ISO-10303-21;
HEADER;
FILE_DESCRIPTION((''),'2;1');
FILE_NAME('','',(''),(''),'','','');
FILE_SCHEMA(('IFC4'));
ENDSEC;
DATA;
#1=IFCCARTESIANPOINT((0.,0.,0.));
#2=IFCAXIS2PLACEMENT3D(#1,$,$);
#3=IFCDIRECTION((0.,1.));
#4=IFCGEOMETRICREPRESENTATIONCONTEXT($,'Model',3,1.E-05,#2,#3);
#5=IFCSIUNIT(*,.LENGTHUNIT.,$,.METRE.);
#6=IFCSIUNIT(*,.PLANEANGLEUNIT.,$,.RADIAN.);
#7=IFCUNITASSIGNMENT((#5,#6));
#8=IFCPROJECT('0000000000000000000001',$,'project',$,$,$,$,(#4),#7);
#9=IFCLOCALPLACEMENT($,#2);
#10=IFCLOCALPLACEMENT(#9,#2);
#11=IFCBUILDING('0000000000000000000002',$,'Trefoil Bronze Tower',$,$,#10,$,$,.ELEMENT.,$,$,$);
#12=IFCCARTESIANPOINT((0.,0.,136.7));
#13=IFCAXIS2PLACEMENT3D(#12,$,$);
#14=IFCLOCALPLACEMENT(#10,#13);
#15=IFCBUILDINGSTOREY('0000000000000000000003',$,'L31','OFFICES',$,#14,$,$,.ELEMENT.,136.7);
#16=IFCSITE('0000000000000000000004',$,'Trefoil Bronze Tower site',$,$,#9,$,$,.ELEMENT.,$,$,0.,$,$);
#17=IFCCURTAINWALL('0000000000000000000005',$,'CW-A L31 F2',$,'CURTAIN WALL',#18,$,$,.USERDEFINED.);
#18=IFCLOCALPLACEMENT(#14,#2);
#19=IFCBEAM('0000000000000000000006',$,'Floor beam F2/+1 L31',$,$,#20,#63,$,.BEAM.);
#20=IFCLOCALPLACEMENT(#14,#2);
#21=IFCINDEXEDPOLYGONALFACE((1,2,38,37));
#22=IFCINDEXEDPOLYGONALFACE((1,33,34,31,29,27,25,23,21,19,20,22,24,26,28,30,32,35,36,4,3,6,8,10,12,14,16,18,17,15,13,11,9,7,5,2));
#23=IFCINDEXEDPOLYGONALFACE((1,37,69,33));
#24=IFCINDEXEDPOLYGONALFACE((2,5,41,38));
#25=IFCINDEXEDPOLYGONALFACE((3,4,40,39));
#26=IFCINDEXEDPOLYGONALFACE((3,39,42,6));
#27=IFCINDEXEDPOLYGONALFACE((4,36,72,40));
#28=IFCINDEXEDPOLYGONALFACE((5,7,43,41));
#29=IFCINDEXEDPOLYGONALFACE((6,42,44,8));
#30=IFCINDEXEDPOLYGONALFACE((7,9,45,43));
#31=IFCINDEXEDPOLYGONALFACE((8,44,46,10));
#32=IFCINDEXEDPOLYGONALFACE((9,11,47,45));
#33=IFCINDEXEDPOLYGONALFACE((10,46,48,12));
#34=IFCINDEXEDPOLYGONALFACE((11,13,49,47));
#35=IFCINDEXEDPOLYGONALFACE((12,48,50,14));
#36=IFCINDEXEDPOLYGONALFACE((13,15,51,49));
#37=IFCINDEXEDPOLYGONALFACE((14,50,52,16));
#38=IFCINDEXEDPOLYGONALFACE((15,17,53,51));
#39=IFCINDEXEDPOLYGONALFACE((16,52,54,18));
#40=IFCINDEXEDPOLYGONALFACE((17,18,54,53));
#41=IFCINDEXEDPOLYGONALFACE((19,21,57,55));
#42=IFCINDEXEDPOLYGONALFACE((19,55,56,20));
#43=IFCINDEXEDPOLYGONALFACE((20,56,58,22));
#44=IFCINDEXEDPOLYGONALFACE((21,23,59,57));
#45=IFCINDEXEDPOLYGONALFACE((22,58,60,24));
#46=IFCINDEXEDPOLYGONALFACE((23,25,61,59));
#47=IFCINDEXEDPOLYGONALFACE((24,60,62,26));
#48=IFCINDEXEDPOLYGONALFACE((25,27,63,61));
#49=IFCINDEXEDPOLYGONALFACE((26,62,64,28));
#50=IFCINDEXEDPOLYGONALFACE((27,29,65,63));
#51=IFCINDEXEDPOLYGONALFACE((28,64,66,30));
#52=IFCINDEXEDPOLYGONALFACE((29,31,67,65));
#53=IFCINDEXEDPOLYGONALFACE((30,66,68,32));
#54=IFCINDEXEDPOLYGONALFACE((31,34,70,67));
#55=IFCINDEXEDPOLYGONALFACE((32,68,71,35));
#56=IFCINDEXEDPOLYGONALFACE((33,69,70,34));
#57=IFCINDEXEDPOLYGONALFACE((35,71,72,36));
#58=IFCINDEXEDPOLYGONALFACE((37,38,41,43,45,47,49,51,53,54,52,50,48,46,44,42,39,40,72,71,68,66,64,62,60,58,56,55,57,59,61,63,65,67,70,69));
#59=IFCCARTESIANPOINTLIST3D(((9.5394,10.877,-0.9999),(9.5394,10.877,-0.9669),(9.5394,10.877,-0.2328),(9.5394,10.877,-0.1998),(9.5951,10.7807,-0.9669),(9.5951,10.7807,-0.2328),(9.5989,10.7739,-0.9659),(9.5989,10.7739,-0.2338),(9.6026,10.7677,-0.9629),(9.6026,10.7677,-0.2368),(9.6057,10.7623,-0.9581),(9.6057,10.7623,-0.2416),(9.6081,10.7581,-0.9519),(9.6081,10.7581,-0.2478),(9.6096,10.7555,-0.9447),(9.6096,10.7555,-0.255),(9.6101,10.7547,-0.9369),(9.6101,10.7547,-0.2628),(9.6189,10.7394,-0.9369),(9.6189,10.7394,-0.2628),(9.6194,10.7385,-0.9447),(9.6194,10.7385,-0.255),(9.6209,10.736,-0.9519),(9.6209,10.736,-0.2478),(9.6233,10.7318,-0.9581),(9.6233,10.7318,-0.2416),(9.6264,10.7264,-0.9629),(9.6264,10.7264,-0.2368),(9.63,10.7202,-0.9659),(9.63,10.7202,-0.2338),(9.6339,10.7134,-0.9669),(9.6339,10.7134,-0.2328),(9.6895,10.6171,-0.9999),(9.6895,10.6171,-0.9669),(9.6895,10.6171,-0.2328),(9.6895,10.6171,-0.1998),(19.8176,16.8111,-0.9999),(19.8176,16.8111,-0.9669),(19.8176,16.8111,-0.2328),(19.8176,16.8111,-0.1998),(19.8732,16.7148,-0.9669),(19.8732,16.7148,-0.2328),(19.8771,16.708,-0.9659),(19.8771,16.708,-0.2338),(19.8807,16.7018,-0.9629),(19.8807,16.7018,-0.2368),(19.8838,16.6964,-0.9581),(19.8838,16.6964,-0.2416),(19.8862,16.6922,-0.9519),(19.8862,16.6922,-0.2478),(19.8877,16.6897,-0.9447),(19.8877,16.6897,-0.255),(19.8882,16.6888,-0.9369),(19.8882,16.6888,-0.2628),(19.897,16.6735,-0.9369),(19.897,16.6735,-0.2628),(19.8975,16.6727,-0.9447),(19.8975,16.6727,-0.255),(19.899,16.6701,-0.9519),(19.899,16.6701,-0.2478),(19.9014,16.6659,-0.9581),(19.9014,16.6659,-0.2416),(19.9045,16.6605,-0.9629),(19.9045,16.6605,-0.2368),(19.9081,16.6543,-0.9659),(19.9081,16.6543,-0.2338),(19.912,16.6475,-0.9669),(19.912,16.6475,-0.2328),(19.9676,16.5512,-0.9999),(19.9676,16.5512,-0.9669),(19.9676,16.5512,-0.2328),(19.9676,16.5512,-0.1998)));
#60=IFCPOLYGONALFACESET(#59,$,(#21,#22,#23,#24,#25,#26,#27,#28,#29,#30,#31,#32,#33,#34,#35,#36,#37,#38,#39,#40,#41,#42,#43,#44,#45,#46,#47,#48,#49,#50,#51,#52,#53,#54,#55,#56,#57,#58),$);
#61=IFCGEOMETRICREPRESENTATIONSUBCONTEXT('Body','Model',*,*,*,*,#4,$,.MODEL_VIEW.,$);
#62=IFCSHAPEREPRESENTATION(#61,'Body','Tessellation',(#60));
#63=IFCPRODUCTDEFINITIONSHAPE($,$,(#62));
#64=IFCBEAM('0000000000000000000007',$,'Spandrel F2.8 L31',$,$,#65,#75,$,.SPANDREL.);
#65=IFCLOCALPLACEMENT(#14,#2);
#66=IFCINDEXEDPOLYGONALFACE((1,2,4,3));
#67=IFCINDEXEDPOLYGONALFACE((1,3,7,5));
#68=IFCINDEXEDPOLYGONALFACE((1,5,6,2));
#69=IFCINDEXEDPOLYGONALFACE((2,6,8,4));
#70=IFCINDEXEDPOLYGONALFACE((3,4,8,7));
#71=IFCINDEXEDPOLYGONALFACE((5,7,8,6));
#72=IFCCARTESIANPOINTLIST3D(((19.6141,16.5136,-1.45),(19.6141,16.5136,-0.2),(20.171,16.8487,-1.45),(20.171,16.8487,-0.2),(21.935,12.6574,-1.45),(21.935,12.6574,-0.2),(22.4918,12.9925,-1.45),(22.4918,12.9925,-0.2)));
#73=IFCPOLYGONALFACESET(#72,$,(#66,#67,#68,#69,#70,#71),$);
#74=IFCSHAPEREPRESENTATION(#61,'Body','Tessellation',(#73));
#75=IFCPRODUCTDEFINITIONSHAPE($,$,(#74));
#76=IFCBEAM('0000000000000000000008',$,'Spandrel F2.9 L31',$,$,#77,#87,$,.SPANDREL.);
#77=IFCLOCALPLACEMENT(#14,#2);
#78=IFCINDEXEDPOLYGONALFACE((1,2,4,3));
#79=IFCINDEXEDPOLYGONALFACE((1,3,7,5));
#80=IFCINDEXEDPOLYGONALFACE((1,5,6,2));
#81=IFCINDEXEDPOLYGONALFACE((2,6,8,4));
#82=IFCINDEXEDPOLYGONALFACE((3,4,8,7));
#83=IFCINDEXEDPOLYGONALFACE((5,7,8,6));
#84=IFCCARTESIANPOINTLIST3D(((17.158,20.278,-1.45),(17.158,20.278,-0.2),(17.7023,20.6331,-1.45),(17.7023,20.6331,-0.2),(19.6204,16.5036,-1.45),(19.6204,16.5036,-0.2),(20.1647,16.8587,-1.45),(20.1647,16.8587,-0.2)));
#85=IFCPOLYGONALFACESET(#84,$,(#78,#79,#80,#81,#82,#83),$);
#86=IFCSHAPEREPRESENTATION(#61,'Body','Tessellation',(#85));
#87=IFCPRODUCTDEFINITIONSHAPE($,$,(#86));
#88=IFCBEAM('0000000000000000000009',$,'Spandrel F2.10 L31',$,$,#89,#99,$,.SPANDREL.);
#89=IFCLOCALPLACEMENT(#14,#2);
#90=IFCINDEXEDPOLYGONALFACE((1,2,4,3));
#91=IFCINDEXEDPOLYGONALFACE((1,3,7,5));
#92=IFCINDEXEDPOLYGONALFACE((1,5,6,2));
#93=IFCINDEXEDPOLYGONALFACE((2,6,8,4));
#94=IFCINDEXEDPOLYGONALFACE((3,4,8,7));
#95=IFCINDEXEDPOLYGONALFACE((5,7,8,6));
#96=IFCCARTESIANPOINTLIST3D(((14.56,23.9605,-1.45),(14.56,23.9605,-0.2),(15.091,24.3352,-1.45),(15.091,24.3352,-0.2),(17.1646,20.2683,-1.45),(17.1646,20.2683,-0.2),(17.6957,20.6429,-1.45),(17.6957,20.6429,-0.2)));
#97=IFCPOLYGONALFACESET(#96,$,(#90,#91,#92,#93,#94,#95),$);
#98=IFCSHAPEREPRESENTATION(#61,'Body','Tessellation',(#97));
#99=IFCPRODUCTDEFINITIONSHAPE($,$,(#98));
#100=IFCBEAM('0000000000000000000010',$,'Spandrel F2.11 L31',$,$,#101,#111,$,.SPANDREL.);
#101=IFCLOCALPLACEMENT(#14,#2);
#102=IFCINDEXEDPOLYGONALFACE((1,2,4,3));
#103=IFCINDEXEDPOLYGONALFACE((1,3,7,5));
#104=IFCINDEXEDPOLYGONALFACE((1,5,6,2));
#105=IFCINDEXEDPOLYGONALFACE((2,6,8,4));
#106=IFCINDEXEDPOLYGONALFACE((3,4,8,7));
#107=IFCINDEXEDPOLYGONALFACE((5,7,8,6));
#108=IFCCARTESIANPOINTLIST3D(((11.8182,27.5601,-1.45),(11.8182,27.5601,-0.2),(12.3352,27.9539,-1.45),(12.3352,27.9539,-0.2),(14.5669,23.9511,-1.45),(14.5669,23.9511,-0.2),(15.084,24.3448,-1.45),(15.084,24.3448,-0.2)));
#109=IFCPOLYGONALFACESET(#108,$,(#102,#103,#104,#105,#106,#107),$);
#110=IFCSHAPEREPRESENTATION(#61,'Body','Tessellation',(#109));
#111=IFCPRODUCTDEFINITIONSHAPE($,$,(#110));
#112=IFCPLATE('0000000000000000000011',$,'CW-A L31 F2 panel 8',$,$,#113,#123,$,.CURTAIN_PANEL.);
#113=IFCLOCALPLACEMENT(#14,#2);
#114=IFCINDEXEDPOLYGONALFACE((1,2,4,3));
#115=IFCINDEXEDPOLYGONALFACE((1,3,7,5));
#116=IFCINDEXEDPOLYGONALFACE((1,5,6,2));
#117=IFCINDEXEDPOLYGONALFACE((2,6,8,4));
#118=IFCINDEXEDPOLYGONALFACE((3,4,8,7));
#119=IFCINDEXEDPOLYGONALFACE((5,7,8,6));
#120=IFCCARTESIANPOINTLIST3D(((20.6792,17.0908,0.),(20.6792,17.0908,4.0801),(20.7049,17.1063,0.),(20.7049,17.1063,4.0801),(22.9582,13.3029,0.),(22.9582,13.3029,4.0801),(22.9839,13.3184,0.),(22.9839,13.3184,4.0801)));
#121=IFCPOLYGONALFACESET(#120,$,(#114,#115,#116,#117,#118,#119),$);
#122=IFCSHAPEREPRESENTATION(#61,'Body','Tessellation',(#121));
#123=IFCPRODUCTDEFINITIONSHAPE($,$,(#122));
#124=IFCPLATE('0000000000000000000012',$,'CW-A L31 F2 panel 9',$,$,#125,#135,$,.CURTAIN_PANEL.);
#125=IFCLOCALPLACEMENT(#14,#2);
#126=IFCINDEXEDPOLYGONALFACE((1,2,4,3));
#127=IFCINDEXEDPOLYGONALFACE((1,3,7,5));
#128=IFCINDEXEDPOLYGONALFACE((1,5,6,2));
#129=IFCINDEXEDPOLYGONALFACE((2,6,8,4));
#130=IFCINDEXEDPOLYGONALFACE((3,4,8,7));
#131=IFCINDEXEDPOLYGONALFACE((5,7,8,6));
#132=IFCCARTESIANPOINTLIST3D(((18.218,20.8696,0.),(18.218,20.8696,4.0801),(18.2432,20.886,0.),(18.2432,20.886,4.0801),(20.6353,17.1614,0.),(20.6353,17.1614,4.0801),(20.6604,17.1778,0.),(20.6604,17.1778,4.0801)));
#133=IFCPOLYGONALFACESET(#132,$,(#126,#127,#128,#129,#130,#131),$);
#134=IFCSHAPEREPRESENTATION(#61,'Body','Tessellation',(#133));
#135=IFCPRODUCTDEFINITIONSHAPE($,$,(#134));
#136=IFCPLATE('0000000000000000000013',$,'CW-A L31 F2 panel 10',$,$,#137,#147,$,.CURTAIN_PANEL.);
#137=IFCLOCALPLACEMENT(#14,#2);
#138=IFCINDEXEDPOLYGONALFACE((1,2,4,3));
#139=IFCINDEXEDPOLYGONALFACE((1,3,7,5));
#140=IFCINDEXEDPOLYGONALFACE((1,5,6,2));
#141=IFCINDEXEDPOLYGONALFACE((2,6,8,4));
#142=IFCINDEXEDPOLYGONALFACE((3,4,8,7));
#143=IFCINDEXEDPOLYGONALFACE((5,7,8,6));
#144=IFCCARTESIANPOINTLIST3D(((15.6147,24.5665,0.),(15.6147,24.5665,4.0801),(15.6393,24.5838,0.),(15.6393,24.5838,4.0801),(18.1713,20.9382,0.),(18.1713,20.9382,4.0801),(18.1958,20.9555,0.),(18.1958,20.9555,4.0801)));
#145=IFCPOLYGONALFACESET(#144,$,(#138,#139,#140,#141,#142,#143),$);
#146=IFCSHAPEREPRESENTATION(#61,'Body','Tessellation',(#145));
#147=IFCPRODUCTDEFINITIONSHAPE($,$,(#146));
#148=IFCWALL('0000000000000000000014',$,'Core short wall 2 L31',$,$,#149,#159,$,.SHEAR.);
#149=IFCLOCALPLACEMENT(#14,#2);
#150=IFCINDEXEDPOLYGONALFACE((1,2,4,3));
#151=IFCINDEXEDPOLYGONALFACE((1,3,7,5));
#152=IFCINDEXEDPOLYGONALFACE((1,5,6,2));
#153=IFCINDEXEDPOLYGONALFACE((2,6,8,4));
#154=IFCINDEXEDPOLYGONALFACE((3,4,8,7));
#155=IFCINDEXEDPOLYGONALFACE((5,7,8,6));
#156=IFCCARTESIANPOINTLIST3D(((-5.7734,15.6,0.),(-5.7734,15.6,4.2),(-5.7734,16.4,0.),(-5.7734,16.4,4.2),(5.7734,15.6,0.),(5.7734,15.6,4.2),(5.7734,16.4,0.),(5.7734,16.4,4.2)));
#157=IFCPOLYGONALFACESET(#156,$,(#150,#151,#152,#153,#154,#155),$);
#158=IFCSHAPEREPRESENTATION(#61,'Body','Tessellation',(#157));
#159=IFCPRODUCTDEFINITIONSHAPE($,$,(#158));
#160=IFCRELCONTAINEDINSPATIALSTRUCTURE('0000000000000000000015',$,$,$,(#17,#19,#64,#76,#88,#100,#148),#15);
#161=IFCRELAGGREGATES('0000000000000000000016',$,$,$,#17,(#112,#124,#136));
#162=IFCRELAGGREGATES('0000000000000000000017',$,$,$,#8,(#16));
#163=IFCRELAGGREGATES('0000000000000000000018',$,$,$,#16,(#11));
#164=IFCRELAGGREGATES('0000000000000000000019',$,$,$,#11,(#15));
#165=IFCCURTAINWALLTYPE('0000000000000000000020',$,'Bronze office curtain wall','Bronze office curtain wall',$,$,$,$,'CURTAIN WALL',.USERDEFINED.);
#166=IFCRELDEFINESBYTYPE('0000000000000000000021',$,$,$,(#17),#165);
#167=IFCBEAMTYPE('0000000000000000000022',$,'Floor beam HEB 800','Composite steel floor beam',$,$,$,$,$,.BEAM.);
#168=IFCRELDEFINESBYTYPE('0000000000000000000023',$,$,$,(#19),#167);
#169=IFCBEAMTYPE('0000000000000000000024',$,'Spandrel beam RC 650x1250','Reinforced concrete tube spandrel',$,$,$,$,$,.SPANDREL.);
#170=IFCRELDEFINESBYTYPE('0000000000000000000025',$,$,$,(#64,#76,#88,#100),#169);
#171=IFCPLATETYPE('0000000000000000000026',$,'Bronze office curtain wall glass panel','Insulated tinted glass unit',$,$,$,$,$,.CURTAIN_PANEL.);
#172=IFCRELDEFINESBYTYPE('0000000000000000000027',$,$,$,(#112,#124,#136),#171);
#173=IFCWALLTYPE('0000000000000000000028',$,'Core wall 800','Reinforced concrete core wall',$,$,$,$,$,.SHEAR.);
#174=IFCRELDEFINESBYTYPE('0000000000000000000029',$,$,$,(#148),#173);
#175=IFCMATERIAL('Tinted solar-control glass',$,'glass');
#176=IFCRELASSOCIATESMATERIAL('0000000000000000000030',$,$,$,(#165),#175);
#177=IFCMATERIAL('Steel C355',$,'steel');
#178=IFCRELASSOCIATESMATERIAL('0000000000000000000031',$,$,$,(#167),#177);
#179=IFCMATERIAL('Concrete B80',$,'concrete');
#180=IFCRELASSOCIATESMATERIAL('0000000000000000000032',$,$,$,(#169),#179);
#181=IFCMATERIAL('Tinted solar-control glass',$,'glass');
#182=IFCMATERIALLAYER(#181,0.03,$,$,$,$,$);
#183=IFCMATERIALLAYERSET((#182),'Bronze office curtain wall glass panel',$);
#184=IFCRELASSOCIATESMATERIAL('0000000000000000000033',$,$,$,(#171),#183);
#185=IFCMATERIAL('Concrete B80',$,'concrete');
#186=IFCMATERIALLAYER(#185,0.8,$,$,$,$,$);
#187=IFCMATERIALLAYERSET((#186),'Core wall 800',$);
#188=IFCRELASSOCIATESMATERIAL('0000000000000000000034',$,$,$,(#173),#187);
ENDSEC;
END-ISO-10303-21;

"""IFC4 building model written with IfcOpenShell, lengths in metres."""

from ifc_helpers import new_model, si_unit, direction, frame, frame_2d, origin, origin_2d, place, context, subcontext, project, spatial, rectangle, i_section, extrude, material, layer, layer_set, material_profile, profile_set, type_object, element, aggregate, save


model = new_model("IFC4")

# Units and contexts
model_context = context("Model", 3, precision=1e-05, world=origin(), true_north=direction((0.0, 1.0)))
body_context = subcontext(model_context, "Body", "Model", "MODEL_VIEW")
ifc_project = project(units=[si_unit("LENGTHUNIT", "METRE"), si_unit("PLANEANGLEUNIT", "RADIAN")], contexts=[model_context])

# Site, building, storey
site_placement = place(None, origin())
site = spatial("IfcSite", under=ifc_project, at=site_placement, Name="Trefoil Bronze Tower site", CompositionType="ELEMENT", RefElevation=0.0)
building_placement = place(site_placement, origin())
building = spatial("IfcBuilding", under=site, at=building_placement, Name="Trefoil Bronze Tower", CompositionType="ELEMENT")
storey_placement = place(building_placement, frame((0.0, 0.0, 136.7)))
storey = spatial("IfcBuildingStorey", under=building, at=storey_placement, Name="L31", Description="OFFICES", CompositionType="ELEMENT", Elevation=136.7)

# Curtain wall
ifc_material_1 = material(Name="Tinted solar-control glass", Category="glass")
curtain_wall_type = type_object("IfcCurtainWallType", Name="Bronze office curtain wall", Description="Bronze office curtain wall", ElementType="CURTAIN WALL", PredefinedType="USERDEFINED", material=ifc_material_1)
curtain_wall_placement = place(storey_placement, origin())
curtain_wall = element("IfcCurtainWall", 1, at=curtain_wall_placement, inside=storey, type_object=curtain_wall_type, Name="CW-A L31 F2", ObjectType="CURTAIN WALL", PredefinedType="USERDEFINED")

# Beams
ifc_material_2 = material(Name="Steel C355", Category="steel")
ifc_material_profile_1 = material_profile(ifc_material_2, i_section(OverallWidth=0.3, OverallDepth=0.8, WebThickness=0.0176, FlangeThickness=0.033, FilletRadius=0.03, at=origin_2d()), Name="HEB 800")
ifc_profile_set_1 = profile_set([ifc_material_profile_1], Name="Steel C355")
beam_type_1 = type_object("IfcBeamType", Name="Floor beam HEB 800", Description="Composite steel floor beam", PredefinedType="BEAM", material=ifc_profile_set_1)
beam_1_placement = place(storey_placement, frame((19.8926, 16.6812, -0.5999), z_axis=(-0.866024, -0.500002, 0.0), x_axis=(0.500002, -0.866024, 0.0)))
element("IfcBeam", 2, at=beam_1_placement, inside=storey, type_object=beam_type_1, Name="Floor beam F2/+1 L31", PredefinedType="BEAM", context=body_context, shape_type="SweptSolid", body=[
    extrude(i_section(OverallWidth=0.3, OverallDepth=0.8, WebThickness=0.0176, FlangeThickness=0.033, FilletRadius=0.03, at=origin_2d()), origin(), (0.0, 0.0, 1.0), 11.8682),
])
ifc_material_3 = material(Name="Concrete B80", Category="concrete")
ifc_material_profile_2 = material_profile(ifc_material_3, rectangle(XDim=0.6499, YDim=1.25, at=origin_2d()), Name="RC 650x1250")
ifc_profile_set_2 = profile_set([ifc_material_profile_2], Name="Concrete B80")
beam_type_2 = type_object("IfcBeamType", Name="Spandrel beam RC 650x1250", Description="Reinforced concrete tube spandrel", PredefinedType="SPANDREL", material=ifc_profile_set_2)
beam_2_placement = place(storey_placement, frame((22.2134, 12.825, -0.825), z_axis=(-0.515652, 0.856798, 0.0), x_axis=(-0.856798, -0.515652, 0.0)))
element("IfcBeam", 3, at=beam_2_placement, inside=storey, type_object=beam_type_2, Name="Spandrel F2.8 L31", PredefinedType="SPANDREL", context=body_context, shape_type="SweptSolid", body=[
    extrude(rectangle(XDim=0.6499, YDim=1.25, at=origin_2d()), origin(), (0.0, 0.0, 1.0), 4.5007),
])
beam_3_placement = place(storey_placement, frame((19.8926, 16.6812, -0.825), z_axis=(-0.546397, 0.837527, 0.0), x_axis=(-0.837527, -0.546397, 0.0)))
element("IfcBeam", 4, at=beam_3_placement, inside=storey, type_object=beam_type_2, Name="Spandrel F2.9 L31", PredefinedType="SPANDREL", context=body_context, shape_type="SweptSolid", body=[
    extrude(rectangle(XDim=0.6499, YDim=1.25, at=origin_2d()), origin(), (0.0, 0.0, 1.0), 4.5066),
])
beam_4_placement = place(storey_placement, frame((17.4302, 20.4556, -0.825), z_axis=(-0.576439, 0.81714, 0.0), x_axis=(-0.81714, -0.576439, 0.0)))
element("IfcBeam", 5, at=beam_4_placement, inside=storey, type_object=beam_type_2, Name="Spandrel F2.10 L31", PredefinedType="SPANDREL", context=body_context, shape_type="SweptSolid", body=[
    extrude(rectangle(XDim=0.6499, YDim=1.25, at=origin_2d()), origin(), (0.0, 0.0, 1.0), 4.5186),
])
beam_5_placement = place(storey_placement, frame((14.8254, 24.1479, -0.825), z_axis=(-0.605899, 0.795542, 0.0), x_axis=(-0.795542, -0.605899, 0.0)))
element("IfcBeam", 6, at=beam_5_placement, inside=storey, type_object=beam_type_2, Name="Spandrel F2.11 L31", PredefinedType="SPANDREL", context=body_context, shape_type="SweptSolid", body=[
    extrude(rectangle(XDim=0.6499, YDim=1.25, at=origin_2d()), origin(), (0.0, 0.0, 1.0), 4.5366),
])

# Plates
ifc_material_4 = material(Name="Tinted solar-control glass", Category="glass")
ifc_layer_1 = layer(ifc_material_4, 0.03)
ifc_layer_set_1 = layer_set([ifc_layer_1], Name="Bronze office curtain wall glass panel")
plate_type = type_object("IfcPlateType", Name="Bronze office curtain wall glass panel", Description="Insulated tinted glass unit", PredefinedType="CURTAIN_PANEL", material=ifc_layer_set_1)
plate_1_placement = place(storey_placement, frame((21.8315, 15.2046, 0.0), z_axis=(0.0, 0.0, 1.0), x_axis=(-0.515525, 0.856874, 0.0)))
plate_1 = element("IfcPlate", 7, at=plate_1_placement, type_object=plate_type, Name="CW-A L31 F2 panel 8", PredefinedType="CURTAIN_PANEL", context=body_context, shape_type="SweptSolid", body=[
    extrude(rectangle(XDim=4.4207, YDim=0.03, at=origin_2d()), origin(), (0.0, 0.0, 1.0), 4.0801),
])
plate_2_placement = place(storey_placement, frame((19.4392, 19.0237, 0.0), z_axis=(0.0, 0.0, 1.0), x_axis=(-0.546089, 0.837727, 0.0)))
plate_2 = element("IfcPlate", 8, at=plate_2_placement, type_object=plate_type, Name="CW-A L31 F2 panel 9", PredefinedType="CURTAIN_PANEL", context=body_context, shape_type="SweptSolid", body=[
    extrude(rectangle(XDim=4.4265, YDim=0.03, at=origin_2d()), origin(), (0.0, 0.0, 1.0), 4.0801),
])
plate_3_placement = place(storey_placement, frame((16.9053, 22.761, 0.0), z_axis=(0.0, 0.0, 1.0), x_axis=(-0.575999, 0.81745, 0.0)))
plate_3 = element("IfcPlate", 9, at=plate_3_placement, type_object=plate_type, Name="CW-A L31 F2 panel 10", PredefinedType="CURTAIN_PANEL", context=body_context, shape_type="SweptSolid", body=[
    extrude(rectangle(XDim=4.4385, YDim=0.03, at=origin_2d()), origin(), (0.0, 0.0, 1.0), 4.0801),
])
aggregate(curtain_wall, [plate_1, plate_2, plate_3])

# Wall
ifc_material_5 = material(Name="Concrete B80", Category="concrete")
ifc_layer_2 = layer(ifc_material_5, 0.8)
ifc_layer_set_2 = layer_set([ifc_layer_2], Name="Core wall 800")
wall_type_1 = type_object("IfcWallType", Name="Core wall 800", Description="Reinforced concrete core wall", PredefinedType="SHEAR", material=ifc_layer_set_2)
wall_1_placement = place(storey_placement, frame((5.7734, 16.0, 0.0), z_axis=(0.0, 0.0, 1.0), x_axis=(-1.0, 0.0, 0.0)))
element("IfcWall", 10, at=wall_1_placement, inside=storey, type_object=wall_type_1, Name="Core short wall 2 L31", PredefinedType="SHEAR", context=body_context, shape_type="SweptSolid", body=[
    extrude(rectangle(XDim=11.5469, YDim=0.8, at=frame_2d((5.7734, 0.0))), origin(), (0.0, 0.0, 1.0), 4.2),
])

save(model, "model.ifc")
